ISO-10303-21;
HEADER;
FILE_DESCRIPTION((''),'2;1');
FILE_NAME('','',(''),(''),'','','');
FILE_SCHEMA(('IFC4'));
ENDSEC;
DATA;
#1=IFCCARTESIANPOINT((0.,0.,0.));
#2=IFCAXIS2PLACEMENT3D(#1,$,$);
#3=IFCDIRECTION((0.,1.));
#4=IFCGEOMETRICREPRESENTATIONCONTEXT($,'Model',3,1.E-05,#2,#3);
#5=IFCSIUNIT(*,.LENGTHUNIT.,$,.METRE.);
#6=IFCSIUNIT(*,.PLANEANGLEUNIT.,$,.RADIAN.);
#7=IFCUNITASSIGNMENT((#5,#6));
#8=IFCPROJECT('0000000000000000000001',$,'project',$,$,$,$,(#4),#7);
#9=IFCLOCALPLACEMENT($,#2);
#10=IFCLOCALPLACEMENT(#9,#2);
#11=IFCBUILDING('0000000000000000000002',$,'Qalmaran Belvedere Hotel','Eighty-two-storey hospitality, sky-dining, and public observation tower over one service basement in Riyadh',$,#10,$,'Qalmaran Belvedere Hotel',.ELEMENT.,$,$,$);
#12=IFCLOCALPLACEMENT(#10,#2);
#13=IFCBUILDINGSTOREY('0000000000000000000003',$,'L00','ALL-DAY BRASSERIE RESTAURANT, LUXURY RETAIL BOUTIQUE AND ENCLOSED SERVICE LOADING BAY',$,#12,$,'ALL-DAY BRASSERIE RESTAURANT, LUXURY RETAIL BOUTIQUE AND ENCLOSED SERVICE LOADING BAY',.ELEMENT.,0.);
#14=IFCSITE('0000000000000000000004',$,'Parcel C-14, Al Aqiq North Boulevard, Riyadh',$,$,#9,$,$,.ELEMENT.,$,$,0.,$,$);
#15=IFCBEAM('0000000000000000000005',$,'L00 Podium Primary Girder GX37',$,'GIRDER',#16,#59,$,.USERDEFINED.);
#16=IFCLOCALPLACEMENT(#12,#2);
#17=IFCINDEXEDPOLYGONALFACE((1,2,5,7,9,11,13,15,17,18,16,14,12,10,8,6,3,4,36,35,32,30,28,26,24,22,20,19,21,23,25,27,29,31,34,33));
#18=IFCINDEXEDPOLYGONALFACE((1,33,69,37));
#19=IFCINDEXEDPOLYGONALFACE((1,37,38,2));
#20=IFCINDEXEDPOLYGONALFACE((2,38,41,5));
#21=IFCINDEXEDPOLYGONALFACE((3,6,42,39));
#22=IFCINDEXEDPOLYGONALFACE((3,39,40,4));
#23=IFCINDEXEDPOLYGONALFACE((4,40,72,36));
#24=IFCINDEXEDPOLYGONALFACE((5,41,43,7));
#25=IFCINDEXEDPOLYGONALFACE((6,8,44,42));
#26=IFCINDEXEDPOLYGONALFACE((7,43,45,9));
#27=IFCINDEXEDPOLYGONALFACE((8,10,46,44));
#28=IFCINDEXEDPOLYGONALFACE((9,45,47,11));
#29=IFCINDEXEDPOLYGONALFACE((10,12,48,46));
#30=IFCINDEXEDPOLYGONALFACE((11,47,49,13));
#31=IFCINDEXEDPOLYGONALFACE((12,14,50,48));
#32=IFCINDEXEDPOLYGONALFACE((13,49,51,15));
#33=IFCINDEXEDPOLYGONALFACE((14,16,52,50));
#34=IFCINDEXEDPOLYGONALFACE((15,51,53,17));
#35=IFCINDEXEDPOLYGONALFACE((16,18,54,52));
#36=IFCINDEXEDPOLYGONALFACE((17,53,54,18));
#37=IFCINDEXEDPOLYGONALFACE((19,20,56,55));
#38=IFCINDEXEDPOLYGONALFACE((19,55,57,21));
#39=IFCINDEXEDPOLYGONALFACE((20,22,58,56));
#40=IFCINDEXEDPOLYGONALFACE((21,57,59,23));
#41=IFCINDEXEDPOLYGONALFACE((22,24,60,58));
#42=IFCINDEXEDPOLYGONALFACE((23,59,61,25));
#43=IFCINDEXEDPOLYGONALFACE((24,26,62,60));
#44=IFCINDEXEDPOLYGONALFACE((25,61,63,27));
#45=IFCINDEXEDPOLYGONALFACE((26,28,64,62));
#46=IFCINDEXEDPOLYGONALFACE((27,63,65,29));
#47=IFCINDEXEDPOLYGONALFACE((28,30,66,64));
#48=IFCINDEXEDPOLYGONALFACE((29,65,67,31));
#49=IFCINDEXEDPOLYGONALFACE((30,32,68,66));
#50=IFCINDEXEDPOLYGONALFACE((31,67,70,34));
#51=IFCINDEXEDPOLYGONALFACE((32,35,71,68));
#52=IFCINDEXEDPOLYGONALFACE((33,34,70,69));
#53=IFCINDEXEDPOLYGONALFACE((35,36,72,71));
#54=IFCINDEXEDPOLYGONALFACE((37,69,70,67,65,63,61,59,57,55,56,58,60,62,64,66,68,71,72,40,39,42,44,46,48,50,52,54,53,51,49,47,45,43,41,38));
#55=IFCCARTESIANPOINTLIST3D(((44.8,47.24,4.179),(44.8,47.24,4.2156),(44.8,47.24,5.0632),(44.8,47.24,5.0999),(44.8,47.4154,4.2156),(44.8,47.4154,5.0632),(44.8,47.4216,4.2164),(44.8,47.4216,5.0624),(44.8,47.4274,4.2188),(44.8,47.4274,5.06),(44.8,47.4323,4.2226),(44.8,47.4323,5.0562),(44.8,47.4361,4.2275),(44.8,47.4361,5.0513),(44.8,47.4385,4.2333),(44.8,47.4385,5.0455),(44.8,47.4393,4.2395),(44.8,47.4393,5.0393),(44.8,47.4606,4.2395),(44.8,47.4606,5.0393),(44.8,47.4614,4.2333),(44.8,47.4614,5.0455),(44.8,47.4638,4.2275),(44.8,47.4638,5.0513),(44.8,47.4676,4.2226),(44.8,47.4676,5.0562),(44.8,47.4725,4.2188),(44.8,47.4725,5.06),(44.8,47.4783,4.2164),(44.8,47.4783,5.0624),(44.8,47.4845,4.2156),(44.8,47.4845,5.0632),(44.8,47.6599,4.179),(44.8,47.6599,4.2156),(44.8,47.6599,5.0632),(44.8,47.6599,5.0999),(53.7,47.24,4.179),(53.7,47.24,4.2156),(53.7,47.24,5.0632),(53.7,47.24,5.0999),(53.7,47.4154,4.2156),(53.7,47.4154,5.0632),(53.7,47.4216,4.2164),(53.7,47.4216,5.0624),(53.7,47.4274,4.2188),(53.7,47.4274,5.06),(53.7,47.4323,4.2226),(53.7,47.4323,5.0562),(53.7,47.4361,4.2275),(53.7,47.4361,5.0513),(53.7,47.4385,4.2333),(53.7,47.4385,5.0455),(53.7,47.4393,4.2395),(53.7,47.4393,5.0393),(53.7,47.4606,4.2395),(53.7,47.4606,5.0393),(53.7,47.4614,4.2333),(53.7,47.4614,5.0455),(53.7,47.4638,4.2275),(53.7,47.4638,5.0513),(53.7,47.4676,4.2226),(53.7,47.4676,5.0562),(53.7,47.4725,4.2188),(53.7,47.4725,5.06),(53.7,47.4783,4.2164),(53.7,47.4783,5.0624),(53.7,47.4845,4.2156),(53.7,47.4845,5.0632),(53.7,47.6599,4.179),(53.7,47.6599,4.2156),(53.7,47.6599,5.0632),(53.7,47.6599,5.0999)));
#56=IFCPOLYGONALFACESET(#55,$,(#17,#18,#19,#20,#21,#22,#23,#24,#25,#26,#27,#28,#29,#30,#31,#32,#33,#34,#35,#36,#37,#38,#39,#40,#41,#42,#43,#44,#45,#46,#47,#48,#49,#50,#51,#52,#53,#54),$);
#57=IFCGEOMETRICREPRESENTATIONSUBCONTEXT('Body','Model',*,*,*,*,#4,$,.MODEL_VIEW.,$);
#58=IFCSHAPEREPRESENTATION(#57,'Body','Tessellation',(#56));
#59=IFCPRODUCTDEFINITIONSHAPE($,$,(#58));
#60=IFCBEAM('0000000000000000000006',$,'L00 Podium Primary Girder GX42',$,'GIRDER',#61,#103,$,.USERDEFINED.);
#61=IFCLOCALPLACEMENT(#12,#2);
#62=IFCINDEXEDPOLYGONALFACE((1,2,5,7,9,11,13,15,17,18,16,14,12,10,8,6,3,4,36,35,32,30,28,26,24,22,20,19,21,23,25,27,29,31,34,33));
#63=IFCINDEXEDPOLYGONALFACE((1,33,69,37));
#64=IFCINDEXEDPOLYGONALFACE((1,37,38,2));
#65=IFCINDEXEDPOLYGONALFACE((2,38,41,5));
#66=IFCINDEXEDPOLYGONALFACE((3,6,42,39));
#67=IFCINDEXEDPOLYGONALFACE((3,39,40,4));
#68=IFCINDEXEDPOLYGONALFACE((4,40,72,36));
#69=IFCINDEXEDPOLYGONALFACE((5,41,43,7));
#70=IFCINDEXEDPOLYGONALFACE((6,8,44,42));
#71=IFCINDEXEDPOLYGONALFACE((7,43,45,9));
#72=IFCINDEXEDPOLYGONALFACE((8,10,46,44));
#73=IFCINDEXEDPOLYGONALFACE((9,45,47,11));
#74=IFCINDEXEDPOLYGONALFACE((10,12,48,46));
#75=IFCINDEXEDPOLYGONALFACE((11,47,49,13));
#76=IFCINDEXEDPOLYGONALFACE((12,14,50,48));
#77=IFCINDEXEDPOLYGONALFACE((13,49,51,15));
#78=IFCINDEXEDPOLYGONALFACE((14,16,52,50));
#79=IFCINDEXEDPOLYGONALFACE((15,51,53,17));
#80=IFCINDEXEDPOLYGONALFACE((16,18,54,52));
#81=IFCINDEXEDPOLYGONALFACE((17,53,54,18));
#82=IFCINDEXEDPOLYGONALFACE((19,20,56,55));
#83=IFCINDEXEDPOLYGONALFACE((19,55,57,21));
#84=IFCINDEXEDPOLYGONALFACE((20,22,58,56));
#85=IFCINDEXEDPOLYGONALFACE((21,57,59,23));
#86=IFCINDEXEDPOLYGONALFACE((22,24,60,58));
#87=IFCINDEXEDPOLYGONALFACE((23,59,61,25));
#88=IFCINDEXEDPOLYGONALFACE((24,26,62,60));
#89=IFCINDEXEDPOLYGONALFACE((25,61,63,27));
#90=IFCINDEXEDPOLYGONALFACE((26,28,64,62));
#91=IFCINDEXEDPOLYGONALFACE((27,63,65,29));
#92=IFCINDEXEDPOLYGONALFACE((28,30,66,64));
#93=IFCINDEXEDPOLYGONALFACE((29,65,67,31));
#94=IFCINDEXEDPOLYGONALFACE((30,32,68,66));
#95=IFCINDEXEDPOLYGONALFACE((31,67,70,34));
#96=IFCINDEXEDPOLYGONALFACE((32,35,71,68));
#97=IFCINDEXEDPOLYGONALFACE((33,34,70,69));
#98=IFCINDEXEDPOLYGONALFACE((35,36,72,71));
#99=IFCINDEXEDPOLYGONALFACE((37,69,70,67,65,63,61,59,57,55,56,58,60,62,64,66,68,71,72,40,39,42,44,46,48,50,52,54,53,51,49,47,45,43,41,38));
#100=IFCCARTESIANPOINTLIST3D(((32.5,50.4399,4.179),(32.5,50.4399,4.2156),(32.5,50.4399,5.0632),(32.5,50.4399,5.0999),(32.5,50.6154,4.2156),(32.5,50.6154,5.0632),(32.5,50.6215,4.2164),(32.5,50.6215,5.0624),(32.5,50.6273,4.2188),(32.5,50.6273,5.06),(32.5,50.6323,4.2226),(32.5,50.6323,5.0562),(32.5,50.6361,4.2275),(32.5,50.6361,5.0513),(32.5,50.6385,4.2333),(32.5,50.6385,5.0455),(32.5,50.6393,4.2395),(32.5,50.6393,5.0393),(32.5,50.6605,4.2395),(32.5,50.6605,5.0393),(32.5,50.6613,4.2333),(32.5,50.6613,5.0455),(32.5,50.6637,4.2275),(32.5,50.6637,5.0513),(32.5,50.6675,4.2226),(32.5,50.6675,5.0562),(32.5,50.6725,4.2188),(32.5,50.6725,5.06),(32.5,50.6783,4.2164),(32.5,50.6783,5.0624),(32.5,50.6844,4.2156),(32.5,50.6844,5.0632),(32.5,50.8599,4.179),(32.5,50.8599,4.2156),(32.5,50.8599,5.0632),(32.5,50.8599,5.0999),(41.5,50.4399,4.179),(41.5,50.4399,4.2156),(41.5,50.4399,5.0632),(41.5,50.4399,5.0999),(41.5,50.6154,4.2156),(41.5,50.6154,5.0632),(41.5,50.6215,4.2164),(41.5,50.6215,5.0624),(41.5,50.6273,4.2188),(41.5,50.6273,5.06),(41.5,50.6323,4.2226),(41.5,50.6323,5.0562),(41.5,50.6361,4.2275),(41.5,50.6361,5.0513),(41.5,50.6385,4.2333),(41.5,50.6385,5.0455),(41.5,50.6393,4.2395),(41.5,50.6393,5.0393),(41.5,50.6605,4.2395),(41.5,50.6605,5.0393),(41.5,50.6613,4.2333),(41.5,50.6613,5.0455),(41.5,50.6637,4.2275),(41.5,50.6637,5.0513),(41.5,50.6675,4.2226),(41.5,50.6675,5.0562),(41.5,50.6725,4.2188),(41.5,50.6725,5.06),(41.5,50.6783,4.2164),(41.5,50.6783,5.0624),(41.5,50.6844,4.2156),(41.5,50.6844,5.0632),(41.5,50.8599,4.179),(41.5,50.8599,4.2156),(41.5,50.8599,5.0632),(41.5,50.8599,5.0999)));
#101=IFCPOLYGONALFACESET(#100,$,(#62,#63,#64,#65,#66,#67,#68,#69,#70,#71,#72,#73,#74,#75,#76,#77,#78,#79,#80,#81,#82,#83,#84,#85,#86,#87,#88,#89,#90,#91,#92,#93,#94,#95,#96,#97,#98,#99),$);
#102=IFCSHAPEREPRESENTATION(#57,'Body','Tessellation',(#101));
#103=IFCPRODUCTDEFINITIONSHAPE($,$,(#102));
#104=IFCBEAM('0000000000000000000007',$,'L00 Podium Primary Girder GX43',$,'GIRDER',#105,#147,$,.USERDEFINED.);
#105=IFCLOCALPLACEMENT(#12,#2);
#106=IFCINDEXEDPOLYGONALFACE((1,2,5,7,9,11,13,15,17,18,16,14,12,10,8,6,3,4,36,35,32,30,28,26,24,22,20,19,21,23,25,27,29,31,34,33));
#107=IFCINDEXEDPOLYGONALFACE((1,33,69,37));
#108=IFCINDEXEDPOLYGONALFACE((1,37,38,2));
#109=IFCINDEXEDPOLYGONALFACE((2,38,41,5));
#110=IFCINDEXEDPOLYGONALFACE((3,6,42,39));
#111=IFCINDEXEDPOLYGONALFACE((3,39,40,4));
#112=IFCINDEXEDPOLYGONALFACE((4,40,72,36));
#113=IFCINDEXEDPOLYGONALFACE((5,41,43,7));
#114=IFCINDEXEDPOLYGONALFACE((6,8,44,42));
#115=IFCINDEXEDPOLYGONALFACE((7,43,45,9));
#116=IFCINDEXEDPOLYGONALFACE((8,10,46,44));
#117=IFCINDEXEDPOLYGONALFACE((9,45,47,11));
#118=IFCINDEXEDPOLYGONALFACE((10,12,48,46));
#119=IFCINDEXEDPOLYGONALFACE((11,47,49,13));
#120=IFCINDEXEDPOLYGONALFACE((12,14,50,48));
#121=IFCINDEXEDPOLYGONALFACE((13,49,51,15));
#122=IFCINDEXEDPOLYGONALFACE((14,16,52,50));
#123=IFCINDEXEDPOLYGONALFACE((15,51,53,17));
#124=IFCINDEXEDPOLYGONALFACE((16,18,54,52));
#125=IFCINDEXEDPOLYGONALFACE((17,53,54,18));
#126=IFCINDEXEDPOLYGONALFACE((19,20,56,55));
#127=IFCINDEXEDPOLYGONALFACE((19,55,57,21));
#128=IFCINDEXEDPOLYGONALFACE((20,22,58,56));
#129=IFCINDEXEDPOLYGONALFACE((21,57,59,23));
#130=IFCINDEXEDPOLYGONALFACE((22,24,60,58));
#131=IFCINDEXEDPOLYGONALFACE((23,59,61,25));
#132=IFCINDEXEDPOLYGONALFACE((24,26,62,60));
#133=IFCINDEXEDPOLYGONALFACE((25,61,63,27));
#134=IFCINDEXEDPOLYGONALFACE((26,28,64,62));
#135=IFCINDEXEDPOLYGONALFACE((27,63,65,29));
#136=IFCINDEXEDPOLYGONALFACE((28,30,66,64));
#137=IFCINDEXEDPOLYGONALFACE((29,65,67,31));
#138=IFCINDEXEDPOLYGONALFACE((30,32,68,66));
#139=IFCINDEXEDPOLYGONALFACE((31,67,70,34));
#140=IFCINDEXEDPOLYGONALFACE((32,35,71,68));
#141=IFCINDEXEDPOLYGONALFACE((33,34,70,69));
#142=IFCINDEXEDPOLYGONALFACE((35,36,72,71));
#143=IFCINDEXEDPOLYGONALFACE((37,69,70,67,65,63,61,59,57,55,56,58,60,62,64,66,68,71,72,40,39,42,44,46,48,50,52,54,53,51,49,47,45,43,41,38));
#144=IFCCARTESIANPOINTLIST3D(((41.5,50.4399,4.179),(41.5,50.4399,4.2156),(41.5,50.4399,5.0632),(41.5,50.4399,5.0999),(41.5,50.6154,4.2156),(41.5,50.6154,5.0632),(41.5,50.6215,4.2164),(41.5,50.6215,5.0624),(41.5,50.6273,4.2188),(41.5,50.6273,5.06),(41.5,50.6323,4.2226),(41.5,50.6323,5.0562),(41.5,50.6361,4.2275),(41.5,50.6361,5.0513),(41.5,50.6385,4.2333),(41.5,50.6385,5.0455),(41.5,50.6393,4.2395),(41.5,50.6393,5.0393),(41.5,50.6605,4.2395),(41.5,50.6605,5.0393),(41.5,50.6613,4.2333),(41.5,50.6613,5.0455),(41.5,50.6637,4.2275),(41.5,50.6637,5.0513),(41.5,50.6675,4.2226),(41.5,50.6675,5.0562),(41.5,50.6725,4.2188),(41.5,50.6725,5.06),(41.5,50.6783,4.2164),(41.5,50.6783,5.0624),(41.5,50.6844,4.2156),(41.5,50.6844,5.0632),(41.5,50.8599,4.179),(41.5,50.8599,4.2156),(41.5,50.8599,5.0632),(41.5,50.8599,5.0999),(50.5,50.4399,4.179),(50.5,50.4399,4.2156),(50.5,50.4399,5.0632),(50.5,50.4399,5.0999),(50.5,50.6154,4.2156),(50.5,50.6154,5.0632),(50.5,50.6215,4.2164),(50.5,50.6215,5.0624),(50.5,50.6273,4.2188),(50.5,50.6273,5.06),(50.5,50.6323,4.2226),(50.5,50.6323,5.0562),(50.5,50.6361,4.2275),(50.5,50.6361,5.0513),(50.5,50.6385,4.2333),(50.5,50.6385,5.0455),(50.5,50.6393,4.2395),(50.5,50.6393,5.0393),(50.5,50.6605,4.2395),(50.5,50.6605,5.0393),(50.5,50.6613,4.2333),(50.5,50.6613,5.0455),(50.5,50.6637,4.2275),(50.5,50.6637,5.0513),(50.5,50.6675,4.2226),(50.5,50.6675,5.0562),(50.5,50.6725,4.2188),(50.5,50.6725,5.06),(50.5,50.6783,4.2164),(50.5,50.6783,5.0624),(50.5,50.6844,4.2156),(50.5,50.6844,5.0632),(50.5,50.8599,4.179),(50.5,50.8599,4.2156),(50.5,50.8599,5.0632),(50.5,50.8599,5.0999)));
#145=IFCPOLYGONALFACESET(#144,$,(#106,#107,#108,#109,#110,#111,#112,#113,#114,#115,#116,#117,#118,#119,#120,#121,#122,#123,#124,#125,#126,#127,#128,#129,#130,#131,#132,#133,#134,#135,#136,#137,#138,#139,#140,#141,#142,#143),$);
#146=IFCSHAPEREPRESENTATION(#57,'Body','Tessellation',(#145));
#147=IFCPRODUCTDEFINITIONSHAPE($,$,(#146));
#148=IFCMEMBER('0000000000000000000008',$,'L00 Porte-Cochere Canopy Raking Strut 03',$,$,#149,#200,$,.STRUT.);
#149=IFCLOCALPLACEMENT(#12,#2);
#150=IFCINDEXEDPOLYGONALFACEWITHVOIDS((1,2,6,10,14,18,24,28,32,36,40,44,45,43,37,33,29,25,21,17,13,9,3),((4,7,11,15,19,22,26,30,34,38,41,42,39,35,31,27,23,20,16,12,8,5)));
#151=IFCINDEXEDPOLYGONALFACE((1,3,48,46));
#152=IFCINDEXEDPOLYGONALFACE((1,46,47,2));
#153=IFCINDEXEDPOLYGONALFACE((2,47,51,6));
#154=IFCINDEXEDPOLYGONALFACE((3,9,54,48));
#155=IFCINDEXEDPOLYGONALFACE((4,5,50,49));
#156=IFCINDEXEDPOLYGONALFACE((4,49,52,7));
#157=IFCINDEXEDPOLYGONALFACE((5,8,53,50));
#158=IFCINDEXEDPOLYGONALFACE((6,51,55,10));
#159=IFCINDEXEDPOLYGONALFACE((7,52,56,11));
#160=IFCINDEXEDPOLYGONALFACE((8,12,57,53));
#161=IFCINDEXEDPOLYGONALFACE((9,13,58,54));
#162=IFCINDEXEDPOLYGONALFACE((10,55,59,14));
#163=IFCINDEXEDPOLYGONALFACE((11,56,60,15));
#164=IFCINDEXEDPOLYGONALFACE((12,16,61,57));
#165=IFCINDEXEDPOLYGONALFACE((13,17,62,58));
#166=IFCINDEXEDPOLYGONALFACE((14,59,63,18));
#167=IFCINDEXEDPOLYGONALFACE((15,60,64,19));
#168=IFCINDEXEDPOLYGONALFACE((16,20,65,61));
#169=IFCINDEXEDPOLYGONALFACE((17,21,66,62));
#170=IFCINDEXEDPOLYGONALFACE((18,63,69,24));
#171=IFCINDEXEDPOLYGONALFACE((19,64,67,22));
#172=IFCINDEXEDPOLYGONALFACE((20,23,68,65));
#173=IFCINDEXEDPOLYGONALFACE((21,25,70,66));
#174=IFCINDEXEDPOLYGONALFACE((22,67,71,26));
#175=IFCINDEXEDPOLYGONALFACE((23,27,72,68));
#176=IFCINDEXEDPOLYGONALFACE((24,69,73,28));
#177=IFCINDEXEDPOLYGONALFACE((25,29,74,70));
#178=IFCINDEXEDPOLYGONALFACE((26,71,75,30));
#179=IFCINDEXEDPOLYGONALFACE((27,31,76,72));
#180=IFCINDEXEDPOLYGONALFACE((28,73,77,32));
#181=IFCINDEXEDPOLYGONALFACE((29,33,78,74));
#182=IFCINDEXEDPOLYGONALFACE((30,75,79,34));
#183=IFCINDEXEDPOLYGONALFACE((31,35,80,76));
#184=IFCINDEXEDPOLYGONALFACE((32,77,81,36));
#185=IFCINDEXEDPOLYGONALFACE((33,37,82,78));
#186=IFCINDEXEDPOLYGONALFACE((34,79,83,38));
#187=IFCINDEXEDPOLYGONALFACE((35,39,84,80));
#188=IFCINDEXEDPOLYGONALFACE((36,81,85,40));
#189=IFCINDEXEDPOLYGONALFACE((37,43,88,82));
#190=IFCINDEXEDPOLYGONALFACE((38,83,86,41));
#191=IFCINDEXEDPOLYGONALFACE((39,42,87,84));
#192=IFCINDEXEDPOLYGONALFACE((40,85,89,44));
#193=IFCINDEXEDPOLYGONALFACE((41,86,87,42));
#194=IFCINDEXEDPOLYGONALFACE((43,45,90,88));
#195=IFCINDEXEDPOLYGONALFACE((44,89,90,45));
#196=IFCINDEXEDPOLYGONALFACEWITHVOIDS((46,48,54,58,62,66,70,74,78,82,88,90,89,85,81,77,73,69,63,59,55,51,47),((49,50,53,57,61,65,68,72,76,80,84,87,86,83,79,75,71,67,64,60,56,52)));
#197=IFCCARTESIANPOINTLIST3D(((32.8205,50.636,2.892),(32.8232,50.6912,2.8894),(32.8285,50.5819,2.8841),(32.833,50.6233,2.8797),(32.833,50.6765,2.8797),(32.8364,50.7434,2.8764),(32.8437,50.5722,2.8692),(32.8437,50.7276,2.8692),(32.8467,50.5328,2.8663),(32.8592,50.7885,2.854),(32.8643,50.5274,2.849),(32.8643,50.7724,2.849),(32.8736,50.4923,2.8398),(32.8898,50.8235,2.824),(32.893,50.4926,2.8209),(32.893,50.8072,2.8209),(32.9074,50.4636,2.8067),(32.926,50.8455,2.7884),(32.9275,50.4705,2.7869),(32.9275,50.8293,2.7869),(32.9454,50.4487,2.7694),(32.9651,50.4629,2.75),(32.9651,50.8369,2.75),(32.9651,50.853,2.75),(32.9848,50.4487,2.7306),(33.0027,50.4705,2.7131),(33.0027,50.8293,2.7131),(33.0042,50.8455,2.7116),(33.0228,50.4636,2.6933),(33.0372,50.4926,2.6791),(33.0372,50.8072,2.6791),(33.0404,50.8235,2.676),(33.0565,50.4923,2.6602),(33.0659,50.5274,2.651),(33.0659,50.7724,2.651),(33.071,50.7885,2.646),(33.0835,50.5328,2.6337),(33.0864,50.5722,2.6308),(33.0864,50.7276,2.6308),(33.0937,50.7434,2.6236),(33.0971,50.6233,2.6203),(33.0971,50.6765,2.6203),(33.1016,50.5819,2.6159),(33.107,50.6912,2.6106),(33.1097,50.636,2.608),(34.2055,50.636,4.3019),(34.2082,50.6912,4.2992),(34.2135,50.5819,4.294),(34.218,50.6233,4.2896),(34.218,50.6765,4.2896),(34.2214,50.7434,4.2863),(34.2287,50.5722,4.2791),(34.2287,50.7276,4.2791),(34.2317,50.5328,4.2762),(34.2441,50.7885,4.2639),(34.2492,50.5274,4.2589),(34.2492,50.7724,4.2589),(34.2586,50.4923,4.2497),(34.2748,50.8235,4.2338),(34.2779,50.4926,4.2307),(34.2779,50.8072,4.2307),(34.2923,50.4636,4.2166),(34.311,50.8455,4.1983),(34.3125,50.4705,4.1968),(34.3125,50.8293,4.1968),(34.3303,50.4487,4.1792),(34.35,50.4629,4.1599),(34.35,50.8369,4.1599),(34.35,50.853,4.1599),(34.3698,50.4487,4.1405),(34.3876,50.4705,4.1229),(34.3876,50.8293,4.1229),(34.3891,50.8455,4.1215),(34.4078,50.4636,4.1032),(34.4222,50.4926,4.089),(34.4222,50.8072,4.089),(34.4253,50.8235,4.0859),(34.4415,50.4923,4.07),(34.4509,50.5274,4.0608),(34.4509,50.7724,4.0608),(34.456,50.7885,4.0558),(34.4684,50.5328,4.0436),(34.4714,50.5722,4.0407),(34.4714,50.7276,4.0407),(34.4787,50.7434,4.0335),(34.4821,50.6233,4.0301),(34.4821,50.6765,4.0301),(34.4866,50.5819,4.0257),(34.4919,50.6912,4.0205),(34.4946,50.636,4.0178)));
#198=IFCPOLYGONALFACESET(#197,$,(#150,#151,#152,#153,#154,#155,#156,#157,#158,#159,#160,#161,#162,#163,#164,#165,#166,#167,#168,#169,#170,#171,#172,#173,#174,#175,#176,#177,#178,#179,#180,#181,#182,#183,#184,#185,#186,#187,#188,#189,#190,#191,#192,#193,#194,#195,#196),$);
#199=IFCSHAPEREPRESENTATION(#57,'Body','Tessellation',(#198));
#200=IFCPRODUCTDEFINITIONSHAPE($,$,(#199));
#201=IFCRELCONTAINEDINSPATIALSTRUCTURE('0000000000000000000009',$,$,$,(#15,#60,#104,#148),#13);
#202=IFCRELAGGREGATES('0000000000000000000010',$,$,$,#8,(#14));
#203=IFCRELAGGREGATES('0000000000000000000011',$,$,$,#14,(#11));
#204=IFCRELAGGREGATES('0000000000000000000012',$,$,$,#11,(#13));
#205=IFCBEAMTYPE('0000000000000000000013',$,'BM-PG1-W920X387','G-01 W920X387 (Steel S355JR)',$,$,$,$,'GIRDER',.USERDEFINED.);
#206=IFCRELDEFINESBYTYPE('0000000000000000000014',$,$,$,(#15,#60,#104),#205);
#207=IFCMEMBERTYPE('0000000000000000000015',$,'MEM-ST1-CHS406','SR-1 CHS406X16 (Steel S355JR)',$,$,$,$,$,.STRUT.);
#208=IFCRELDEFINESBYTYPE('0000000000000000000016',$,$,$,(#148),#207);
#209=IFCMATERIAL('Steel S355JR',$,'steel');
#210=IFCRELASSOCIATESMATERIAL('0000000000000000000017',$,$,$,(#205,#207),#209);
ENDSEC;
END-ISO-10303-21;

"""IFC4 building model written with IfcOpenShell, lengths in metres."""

from ifc_helpers import new_model, si_unit, direction, frame, origin, origin_2d, place, context, subcontext, project, spatial, hollow_circle, i_section, extrude, material, material_profile, profile_set, type_object, element, save


model = new_model("IFC4")

# Units and contexts
model_context = context("Model", 3, precision=1e-05, world=origin(), true_north=direction((0.0, 1.0)))
body_context = subcontext(model_context, "Body", "Model", "MODEL_VIEW")
ifc_project = project(units=[si_unit("LENGTHUNIT", "METRE"), si_unit("PLANEANGLEUNIT", "RADIAN")], contexts=[model_context])

# Site, building, storey
site_placement = place(None, origin())
site = spatial("IfcSite", under=ifc_project, at=site_placement, Name="Parcel C-14, Al Aqiq North Boulevard, Riyadh", CompositionType="ELEMENT", RefElevation=0.0)
building_placement = place(site_placement, origin())
building = spatial("IfcBuilding", under=site, at=building_placement, Name="Qalmaran Belvedere Hotel", Description="Eighty-two-storey hospitality, sky-dining, and public observation tower over one service basement in Riyadh", LongName="Qalmaran Belvedere Hotel", CompositionType="ELEMENT")
storey_placement = place(building_placement, origin())
storey = spatial("IfcBuildingStorey", under=building, at=storey_placement, Name="L00", Description="ALL-DAY BRASSERIE RESTAURANT, LUXURY RETAIL BOUTIQUE AND ENCLOSED SERVICE LOADING BAY", LongName="ALL-DAY BRASSERIE RESTAURANT, LUXURY RETAIL BOUTIQUE AND ENCLOSED SERVICE LOADING BAY", CompositionType="ELEMENT", Elevation=0.0)

# Beams
ifc_material_1 = material(Name="Steel S355JR", Category="steel")
ifc_material_profile_1 = material_profile(ifc_material_1, i_section(OverallWidth=0.4199, OverallDepth=0.9209, WebThickness=0.0212, FlangeThickness=0.0366, FilletRadius=0.0239, at=origin_2d()), Name="W920X387")
ifc_profile_set_1 = profile_set([ifc_material_profile_1], Name="Steel S355JR")
beam_type_1 = type_object("IfcBeamType", Name="BM-PG1-W920X387", Description="G-01 W920X387 (Steel S355JR)", ElementType="GIRDER", PredefinedType="USERDEFINED", material=ifc_profile_set_1)
beam_1_placement = place(storey_placement, frame((44.8, 47.45, 4.6394), z_axis=(1.0, 0.0, 0.0), x_axis=(0.0, 1.0, 0.0)))
element("IfcBeam", 1, at=beam_1_placement, inside=storey, type_object=beam_type_1, Name="L00 Podium Primary Girder GX37", ObjectType="GIRDER", PredefinedType="USERDEFINED", context=body_context, shape_type="SweptSolid", body=[
    extrude(i_section(OverallWidth=0.4199, OverallDepth=0.9209, WebThickness=0.0212, FlangeThickness=0.0366, FilletRadius=0.0239, at=origin_2d()), origin(), (0.0, 0.0, 1.0), 8.8999),
])
for number, where, z_axis, x_axis, name in (
    (2, (32.5, 50.6499, 4.6394), (1.0, 0.0, 0.0), (0.0, 1.0, 0.0), "L00 Podium Primary Girder GX42"),
    (3, (41.5, 50.6499, 4.6394), (1.0, 0.0, 0.0), (0.0, 1.0, 0.0), "L00 Podium Primary Girder GX43"),
):
    element("IfcBeam", number, at=place(storey_placement, frame(where, z_axis=z_axis, x_axis=x_axis)), inside=storey, type_object=beam_type_1, Name=name, ObjectType="GIRDER", PredefinedType="USERDEFINED", context=body_context, shape_type="SweptSolid", body=[
        extrude(i_section(OverallWidth=0.4199, OverallDepth=0.9209, WebThickness=0.0212, FlangeThickness=0.0366, FilletRadius=0.0239, at=origin_2d()), origin(), (0.0, 0.0, 1.0), 9.0),
    ])

# Member
ifc_material_profile_2 = material_profile(ifc_material_1, hollow_circle(Radius=0.2031, WallThickness=0.0161, at=origin_2d()), Name="CHS406X16")
ifc_profile_set_2 = profile_set([ifc_material_profile_2], Name="Steel S355JR")
member_type_1 = type_object("IfcMemberType", Name="MEM-ST1-CHS406", Description="SR-1 CHS406X16 (Steel S355JR)", PredefinedType="STRUT", material=ifc_profile_set_2)
member_1_placement = place(storey_placement, frame((32.9651, 50.6499, 2.75), z_axis=(0.700779, 0.0, 0.713379), x_axis=(0.0, 1.0, 0.0)))
element("IfcMember", 4, at=member_1_placement, inside=storey, type_object=member_type_1, Name="L00 Porte-Cochere Canopy Raking Strut 03", PredefinedType="STRUT", context=body_context, shape_type="SweptSolid", body=[
    extrude(hollow_circle(Radius=0.2031, WallThickness=0.0161, at=origin_2d()), origin(), (0.0, 0.0, 1.0), 1.9763),
])

save(model, "model.ifc")
